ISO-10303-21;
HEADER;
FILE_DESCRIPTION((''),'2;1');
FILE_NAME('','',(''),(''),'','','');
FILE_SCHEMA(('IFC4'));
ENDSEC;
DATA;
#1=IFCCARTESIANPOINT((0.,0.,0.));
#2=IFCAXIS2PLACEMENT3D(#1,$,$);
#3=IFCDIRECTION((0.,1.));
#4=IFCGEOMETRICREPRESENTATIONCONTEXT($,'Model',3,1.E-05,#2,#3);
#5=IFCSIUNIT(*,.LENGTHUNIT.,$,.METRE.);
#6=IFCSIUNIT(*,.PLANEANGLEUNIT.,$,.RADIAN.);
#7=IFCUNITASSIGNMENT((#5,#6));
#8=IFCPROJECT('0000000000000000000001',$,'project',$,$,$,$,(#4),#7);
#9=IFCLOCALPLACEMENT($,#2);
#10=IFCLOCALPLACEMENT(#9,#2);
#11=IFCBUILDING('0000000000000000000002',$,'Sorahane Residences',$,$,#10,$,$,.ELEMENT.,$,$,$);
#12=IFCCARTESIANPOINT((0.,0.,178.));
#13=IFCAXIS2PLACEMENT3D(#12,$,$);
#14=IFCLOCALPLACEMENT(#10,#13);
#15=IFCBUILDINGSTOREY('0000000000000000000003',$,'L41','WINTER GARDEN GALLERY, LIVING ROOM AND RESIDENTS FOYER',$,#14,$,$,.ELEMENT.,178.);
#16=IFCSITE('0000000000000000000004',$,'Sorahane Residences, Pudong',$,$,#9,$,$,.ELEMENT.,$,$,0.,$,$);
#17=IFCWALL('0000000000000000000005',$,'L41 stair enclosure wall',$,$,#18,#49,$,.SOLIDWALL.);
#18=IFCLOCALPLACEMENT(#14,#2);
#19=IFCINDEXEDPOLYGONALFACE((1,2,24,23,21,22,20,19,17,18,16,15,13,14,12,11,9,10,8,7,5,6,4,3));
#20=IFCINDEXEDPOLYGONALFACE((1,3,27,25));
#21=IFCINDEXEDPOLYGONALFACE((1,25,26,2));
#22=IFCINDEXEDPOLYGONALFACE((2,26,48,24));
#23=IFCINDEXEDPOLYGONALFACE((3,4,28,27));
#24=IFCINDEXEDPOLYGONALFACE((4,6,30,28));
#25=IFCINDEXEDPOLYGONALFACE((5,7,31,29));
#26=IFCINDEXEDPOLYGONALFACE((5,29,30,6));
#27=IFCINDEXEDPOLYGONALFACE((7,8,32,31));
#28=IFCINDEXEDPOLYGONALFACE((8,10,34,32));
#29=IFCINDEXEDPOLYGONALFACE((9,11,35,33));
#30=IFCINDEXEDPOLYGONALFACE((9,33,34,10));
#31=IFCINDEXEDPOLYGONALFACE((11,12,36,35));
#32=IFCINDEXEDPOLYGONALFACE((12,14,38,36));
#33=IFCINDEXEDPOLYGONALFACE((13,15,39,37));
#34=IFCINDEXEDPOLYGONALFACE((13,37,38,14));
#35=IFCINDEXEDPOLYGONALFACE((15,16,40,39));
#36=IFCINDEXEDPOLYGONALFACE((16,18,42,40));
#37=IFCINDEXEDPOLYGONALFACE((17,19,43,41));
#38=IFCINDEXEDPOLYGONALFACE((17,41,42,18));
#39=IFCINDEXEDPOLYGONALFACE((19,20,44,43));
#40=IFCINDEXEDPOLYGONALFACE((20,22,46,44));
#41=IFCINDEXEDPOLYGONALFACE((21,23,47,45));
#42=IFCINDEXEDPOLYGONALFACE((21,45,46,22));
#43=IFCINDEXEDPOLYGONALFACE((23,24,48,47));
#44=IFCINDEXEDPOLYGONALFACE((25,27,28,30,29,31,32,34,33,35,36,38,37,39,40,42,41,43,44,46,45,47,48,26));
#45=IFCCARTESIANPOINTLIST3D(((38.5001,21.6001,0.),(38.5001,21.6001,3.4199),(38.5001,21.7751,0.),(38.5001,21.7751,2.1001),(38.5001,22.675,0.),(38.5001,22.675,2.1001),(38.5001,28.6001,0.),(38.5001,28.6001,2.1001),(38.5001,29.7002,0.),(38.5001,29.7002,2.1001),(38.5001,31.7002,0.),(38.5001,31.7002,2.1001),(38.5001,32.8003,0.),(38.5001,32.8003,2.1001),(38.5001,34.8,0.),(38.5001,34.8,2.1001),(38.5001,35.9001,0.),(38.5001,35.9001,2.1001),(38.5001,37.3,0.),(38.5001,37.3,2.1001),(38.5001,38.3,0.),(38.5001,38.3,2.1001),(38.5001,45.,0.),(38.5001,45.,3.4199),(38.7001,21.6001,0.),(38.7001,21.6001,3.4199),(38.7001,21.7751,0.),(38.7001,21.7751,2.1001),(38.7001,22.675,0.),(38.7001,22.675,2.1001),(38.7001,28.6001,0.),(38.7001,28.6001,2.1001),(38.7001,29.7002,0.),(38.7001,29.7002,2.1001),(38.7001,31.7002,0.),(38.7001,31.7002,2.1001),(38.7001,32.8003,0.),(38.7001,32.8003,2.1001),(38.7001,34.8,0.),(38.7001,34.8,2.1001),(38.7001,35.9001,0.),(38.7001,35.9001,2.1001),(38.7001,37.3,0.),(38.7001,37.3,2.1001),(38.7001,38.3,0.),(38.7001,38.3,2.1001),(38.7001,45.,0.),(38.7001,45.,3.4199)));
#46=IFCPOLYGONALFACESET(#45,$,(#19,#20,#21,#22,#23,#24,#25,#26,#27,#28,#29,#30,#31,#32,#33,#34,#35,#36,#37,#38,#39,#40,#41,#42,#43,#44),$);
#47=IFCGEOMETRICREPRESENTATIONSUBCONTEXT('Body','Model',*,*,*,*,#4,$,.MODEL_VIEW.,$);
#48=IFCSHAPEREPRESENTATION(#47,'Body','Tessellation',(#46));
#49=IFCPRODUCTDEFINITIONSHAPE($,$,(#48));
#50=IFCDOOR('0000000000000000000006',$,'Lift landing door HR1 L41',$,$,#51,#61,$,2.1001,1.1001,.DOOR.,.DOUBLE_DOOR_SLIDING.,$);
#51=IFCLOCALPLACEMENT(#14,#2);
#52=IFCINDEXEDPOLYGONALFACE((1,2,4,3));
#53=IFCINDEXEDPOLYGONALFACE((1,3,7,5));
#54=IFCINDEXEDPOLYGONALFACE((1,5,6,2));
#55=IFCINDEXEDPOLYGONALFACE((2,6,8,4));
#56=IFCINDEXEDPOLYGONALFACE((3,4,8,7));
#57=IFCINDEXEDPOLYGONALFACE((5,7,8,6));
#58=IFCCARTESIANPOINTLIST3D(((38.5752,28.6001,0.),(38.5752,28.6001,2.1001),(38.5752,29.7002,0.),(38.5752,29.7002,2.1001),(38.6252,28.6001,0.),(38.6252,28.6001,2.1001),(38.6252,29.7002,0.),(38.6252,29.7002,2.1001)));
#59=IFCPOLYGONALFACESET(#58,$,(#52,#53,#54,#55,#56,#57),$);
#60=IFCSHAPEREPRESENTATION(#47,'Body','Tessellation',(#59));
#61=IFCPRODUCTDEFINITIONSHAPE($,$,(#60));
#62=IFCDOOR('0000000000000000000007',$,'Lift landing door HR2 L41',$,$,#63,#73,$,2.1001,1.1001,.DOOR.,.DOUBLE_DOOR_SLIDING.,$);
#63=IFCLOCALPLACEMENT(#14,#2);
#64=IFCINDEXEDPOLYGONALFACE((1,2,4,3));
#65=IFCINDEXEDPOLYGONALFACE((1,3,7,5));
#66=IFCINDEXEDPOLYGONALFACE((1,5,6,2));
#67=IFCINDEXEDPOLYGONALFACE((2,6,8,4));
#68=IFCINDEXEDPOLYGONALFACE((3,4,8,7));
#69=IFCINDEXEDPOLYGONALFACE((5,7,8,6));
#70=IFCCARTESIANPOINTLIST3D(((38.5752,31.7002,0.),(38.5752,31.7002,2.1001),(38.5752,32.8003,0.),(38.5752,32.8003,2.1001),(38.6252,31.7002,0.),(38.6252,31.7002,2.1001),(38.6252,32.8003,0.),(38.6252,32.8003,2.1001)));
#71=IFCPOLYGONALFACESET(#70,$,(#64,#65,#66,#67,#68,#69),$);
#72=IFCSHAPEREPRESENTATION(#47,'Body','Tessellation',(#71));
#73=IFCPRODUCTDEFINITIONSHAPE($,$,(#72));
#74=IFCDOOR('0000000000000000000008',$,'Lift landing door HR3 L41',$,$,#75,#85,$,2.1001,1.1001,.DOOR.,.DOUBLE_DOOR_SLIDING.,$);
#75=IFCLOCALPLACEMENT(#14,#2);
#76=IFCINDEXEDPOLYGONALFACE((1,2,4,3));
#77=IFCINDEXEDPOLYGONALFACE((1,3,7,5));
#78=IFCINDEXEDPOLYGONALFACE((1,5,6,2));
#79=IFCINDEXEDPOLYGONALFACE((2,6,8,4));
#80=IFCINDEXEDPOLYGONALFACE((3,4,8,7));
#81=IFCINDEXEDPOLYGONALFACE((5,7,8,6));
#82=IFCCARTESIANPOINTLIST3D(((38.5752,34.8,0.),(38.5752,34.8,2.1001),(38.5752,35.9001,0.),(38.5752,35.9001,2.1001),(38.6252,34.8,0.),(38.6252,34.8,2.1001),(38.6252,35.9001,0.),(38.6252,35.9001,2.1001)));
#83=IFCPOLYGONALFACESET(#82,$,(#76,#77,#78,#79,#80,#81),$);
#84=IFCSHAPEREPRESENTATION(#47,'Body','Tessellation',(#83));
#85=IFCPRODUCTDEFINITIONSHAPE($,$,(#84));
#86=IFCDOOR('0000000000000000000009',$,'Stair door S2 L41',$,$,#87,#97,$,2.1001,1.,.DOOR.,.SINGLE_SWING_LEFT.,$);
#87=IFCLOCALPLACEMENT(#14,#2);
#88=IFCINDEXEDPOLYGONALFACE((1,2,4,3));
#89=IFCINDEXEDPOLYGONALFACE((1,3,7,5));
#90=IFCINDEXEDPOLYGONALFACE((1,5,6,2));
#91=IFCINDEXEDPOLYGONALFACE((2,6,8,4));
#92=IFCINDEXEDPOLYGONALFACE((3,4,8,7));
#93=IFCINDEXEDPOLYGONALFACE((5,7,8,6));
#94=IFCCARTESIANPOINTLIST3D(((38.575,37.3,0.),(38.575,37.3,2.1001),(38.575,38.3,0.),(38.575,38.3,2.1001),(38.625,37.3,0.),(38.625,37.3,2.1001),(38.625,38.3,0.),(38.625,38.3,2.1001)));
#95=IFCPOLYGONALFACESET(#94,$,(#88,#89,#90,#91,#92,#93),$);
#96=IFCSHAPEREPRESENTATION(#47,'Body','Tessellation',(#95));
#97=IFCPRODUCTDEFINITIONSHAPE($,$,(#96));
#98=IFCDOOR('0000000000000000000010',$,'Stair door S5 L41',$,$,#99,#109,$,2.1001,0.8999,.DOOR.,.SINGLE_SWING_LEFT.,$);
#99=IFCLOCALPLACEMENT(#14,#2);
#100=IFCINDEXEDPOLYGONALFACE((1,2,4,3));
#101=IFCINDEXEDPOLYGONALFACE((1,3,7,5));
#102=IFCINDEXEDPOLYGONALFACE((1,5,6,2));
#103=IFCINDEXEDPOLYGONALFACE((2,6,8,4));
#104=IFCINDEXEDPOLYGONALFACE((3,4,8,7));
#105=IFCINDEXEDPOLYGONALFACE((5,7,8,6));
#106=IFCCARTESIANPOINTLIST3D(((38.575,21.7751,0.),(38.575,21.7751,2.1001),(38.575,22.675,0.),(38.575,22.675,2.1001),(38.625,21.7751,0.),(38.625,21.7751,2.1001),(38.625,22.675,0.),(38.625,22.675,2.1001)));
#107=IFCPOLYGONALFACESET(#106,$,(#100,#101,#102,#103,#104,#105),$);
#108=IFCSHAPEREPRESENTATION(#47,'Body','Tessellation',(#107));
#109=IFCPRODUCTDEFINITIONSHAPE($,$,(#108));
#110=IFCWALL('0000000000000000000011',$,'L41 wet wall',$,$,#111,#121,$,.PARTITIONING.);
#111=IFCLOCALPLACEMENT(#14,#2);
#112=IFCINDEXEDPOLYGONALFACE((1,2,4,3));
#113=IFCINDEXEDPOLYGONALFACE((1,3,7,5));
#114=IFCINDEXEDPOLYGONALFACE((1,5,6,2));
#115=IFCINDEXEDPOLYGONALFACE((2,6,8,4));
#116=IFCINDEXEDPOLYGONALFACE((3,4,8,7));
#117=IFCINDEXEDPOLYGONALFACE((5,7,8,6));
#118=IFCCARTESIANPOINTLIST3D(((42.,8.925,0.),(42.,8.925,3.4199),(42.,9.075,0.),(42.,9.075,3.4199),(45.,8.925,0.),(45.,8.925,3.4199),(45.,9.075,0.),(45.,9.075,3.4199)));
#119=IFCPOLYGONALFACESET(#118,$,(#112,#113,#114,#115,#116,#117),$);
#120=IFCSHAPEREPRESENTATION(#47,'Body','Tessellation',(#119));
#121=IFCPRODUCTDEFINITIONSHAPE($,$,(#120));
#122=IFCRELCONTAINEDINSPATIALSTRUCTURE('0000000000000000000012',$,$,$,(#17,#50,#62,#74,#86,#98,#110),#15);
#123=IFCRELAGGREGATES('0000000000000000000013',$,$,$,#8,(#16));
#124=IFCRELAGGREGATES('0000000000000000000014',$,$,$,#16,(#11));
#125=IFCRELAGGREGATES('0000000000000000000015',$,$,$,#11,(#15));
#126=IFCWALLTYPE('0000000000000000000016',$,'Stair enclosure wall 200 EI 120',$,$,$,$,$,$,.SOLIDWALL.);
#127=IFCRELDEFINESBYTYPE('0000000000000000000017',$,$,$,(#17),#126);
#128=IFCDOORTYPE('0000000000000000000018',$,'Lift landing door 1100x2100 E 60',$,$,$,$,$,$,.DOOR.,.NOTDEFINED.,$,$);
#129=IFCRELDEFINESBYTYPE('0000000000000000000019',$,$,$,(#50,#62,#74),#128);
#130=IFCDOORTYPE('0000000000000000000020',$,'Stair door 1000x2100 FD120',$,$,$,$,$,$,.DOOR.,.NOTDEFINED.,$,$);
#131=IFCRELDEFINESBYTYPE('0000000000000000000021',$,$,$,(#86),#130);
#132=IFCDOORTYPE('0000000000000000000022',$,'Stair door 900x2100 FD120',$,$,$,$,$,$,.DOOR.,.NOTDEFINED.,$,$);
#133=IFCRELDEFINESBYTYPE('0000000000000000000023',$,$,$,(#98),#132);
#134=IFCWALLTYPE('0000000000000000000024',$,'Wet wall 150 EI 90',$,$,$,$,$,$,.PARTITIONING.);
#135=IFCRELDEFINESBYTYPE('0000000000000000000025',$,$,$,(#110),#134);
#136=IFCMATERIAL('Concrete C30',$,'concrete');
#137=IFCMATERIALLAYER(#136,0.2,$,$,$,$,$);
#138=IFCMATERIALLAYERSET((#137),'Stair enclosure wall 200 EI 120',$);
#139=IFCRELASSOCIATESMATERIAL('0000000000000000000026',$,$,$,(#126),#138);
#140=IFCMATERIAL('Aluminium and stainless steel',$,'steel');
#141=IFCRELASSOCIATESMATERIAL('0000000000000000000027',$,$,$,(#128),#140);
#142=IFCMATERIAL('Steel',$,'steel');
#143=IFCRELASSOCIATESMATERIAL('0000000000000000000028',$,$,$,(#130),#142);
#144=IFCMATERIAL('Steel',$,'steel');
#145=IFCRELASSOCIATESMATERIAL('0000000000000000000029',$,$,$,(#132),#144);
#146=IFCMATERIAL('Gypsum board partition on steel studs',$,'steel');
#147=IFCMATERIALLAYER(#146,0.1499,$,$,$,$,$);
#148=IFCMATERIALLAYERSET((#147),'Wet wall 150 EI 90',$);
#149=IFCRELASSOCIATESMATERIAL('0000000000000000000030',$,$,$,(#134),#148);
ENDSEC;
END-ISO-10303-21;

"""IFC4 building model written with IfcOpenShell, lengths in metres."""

from ifc_helpers import new_model, si_unit, direction, frame, frame_2d, origin, place, context, subcontext, project, spatial, rectangle, extrude, material, layer, layer_set, type_object, element, fill, save


model = new_model("IFC4")

# Units and contexts
model_context = context("Model", 3, precision=1e-05, world=origin(), true_north=direction((0.0, 1.0)))
body_context = subcontext(model_context, "Body", "Model", "MODEL_VIEW")
ifc_project = project(units=[si_unit("LENGTHUNIT", "METRE"), si_unit("PLANEANGLEUNIT", "RADIAN")], contexts=[model_context])

# Site, building, storey
site_placement = place(None, origin())
site = spatial("IfcSite", under=ifc_project, at=site_placement, Name="Sorahane Residences, Pudong", CompositionType="ELEMENT", RefElevation=0.0)
building_placement = place(site_placement, origin())
building = spatial("IfcBuilding", under=site, at=building_placement, Name="Sorahane Residences", CompositionType="ELEMENT")
storey_placement = place(building_placement, frame((0.0, 0.0, 178.0)))
storey = spatial("IfcBuildingStorey", under=building, at=storey_placement, Name="L41", Description="WINTER GARDEN GALLERY, LIVING ROOM AND RESIDENTS FOYER", CompositionType="ELEMENT", Elevation=178.0)

# Wall, openings, doors
ifc_material_1 = material(Name="Concrete C30", Category="concrete")
ifc_layer_1 = layer(ifc_material_1, 0.2)
ifc_layer_set_1 = layer_set([ifc_layer_1], Name="Stair enclosure wall 200 EI 120")
wall_type_1 = type_object("IfcWallType", Name="Stair enclosure wall 200 EI 120", PredefinedType="SOLIDWALL", material=ifc_layer_set_1)
wall_1_placement = place(storey_placement, frame((38.6001, 21.6001, 0.0), z_axis=(0.0, 0.0, 1.0), x_axis=(0.0, 1.0, 0.0)))
wall_1 = element("IfcWall", 1, at=wall_1_placement, inside=storey, type_object=wall_type_1, Name="L41 stair enclosure wall", PredefinedType="SOLIDWALL", context=body_context, shape_type="SweptSolid", body=[
    extrude(rectangle(XDim=23.3999, YDim=0.2, at=frame_2d((11.7, 0.0))), origin(), (0.0, 0.0, 1.0), 3.4199),
])
opening_1_placement = place(wall_1_placement, frame((7.0, 0.0, 0.0)))
opening_1 = element("IfcOpeningElement", 2, at=opening_1_placement, cuts=wall_1, PredefinedType="OPENING", context=body_context, shape_type="SweptSolid", body=[
    extrude(rectangle(XDim=1.1001, YDim=2.1001, at=frame_2d((0.55, 1.05))), frame((0.0, 0.1099, 0.0), z_axis=(0.0, -1.0, 0.0), x_axis=(1.0, 0.0, 0.0)), (0.0, 0.0, 1.0), 0.22),
])
opening_2_placement = place(wall_1_placement, frame((10.1001, 0.0, 0.0)))
opening_2 = element("IfcOpeningElement", 3, at=opening_2_placement, cuts=wall_1, PredefinedType="OPENING", context=body_context, shape_type="SweptSolid", body=[
    extrude(rectangle(XDim=1.1001, YDim=2.1001, at=frame_2d((0.55, 1.05))), frame((0.0, 0.1099, 0.0), z_axis=(0.0, -1.0, 0.0), x_axis=(1.0, 0.0, 0.0)), (0.0, 0.0, 1.0), 0.22),
])
opening_3_placement = place(wall_1_placement, frame((13.2, 0.0, 0.0)))
opening_3 = element("IfcOpeningElement", 4, at=opening_3_placement, cuts=wall_1, PredefinedType="OPENING", context=body_context, shape_type="SweptSolid", body=[
    extrude(rectangle(XDim=1.1001, YDim=2.1001, at=frame_2d((0.55, 1.05))), frame((0.0, 0.1099, 0.0), z_axis=(0.0, -1.0, 0.0), x_axis=(1.0, 0.0, 0.0)), (0.0, 0.0, 1.0), 0.22),
])
opening_4_placement = place(wall_1_placement, frame((15.7, 0.0, 0.0)))
opening_4 = element("IfcOpeningElement", 5, at=opening_4_placement, cuts=wall_1, PredefinedType="OPENING", context=body_context, shape_type="SweptSolid", body=[
    extrude(rectangle(XDim=1.0, YDim=2.1001, at=frame_2d((0.5, 1.05))), frame((0.0, 0.1099, 0.0), z_axis=(0.0, -1.0, 0.0), x_axis=(1.0, 0.0, 0.0)), (0.0, 0.0, 1.0), 0.22),
])
opening_5_placement = place(wall_1_placement, frame((0.175, 0.0, 0.0)))
opening_5 = element("IfcOpeningElement", 6, at=opening_5_placement, cuts=wall_1, PredefinedType="OPENING", context=body_context, shape_type="SweptSolid", body=[
    extrude(rectangle(XDim=0.8999, YDim=2.1001, at=frame_2d((0.45, 1.05))), frame((0.0, 0.1099, 0.0), z_axis=(0.0, -1.0, 0.0), x_axis=(1.0, 0.0, 0.0)), (0.0, 0.0, 1.0), 0.22),
])
ifc_material_2 = material(Name="Aluminium and stainless steel", Category="steel")
door_type_1 = type_object("IfcDoorType", Name="Lift landing door 1100x2100 E 60", OperationType="NOTDEFINED", PredefinedType="DOOR", material=ifc_material_2)
door_1_placement = place(opening_1_placement, origin())
door_1 = element("IfcDoor", 7, at=door_1_placement, inside=storey, type_object=door_type_1, Name="Lift landing door HR1 L41", OperationType="DOUBLE_DOOR_SLIDING", OverallHeight=2.1001, OverallWidth=1.1001, PredefinedType="DOOR", context=body_context, shape_type="SweptSolid", body=[
    extrude(rectangle(XDim=1.1001, YDim=2.1001, at=frame_2d((0.55, 1.05))), frame((0.0, 0.0249, 0.0), z_axis=(0.0, -1.0, 0.0), x_axis=(1.0, 0.0, 0.0)), (0.0, 0.0, 1.0), 0.05),
])
fill(opening_1, door_1)
door_2_placement = place(opening_2_placement, origin())
door_2 = element("IfcDoor", 8, at=door_2_placement, inside=storey, type_object=door_type_1, Name="Lift landing door HR2 L41", OperationType="DOUBLE_DOOR_SLIDING", OverallHeight=2.1001, OverallWidth=1.1001, PredefinedType="DOOR", context=body_context, shape_type="SweptSolid", body=[
    extrude(rectangle(XDim=1.1001, YDim=2.1001, at=frame_2d((0.55, 1.05))), frame((0.0, 0.0249, 0.0), z_axis=(0.0, -1.0, 0.0), x_axis=(1.0, 0.0, 0.0)), (0.0, 0.0, 1.0), 0.05),
])
fill(opening_2, door_2)
door_3_placement = place(opening_3_placement, origin())
door_3 = element("IfcDoor", 9, at=door_3_placement, inside=storey, type_object=door_type_1, Name="Lift landing door HR3 L41", OperationType="DOUBLE_DOOR_SLIDING", OverallHeight=2.1001, OverallWidth=1.1001, PredefinedType="DOOR", context=body_context, shape_type="SweptSolid", body=[
    extrude(rectangle(XDim=1.1001, YDim=2.1001, at=frame_2d((0.55, 1.05))), frame((0.0, 0.0249, 0.0), z_axis=(0.0, -1.0, 0.0), x_axis=(1.0, 0.0, 0.0)), (0.0, 0.0, 1.0), 0.05),
])
fill(opening_3, door_3)
ifc_material_3 = material(Name="Steel", Category="steel")
door_type_2 = type_object("IfcDoorType", Name="Stair door 1000x2100 FD120", OperationType="NOTDEFINED", PredefinedType="DOOR", material=ifc_material_3)
door_4_placement = place(opening_4_placement, frame((1.0, 0.0, 0.0), z_axis=(0.0, 0.0, 1.0), x_axis=(-1.0, 0.0, 0.0)))
door_4 = element("IfcDoor", 10, at=door_4_placement, inside=storey, type_object=door_type_2, Name="Stair door S2 L41", OperationType="SINGLE_SWING_LEFT", OverallHeight=2.1001, OverallWidth=1.0, PredefinedType="DOOR", context=body_context, shape_type="SweptSolid", body=[
    extrude(rectangle(XDim=1.0, YDim=2.1001, at=frame_2d((0.5, 1.05))), frame((0.0, 0.0249, 0.0), z_axis=(0.0, -1.0, 0.0), x_axis=(1.0, 0.0, 0.0)), (0.0, 0.0, 1.0), 0.05),
])
fill(opening_4, door_4)
ifc_material_4 = material(Name="Steel", Category="steel")
door_type_3 = type_object("IfcDoorType", Name="Stair door 900x2100 FD120", OperationType="NOTDEFINED", PredefinedType="DOOR", material=ifc_material_4)
door_5_placement = place(opening_5_placement, frame((0.8999, 0.0, 0.0), z_axis=(0.0, 0.0, 1.0), x_axis=(-1.0, 0.0, 0.0)))
door_5 = element("IfcDoor", 11, at=door_5_placement, inside=storey, type_object=door_type_3, Name="Stair door S5 L41", OperationType="SINGLE_SWING_LEFT", OverallHeight=2.1001, OverallWidth=0.8999, PredefinedType="DOOR", context=body_context, shape_type="SweptSolid", body=[
    extrude(rectangle(XDim=0.8999, YDim=2.1001, at=frame_2d((0.45, 1.05))), frame((0.0, 0.0249, 0.0), z_axis=(0.0, -1.0, 0.0), x_axis=(1.0, 0.0, 0.0)), (0.0, 0.0, 1.0), 0.05),
])
fill(opening_5, door_5)

# Wall
ifc_material_5 = material(Name="Gypsum board partition on steel studs", Category="steel")
ifc_layer_2 = layer(ifc_material_5, 0.1499)
ifc_layer_set_2 = layer_set([ifc_layer_2], Name="Wet wall 150 EI 90")
wall_type_2 = type_object("IfcWallType", Name="Wet wall 150 EI 90", PredefinedType="PARTITIONING", material=ifc_layer_set_2)
wall_2_placement = place(storey_placement, frame((42.0, 9.0, 0.0), z_axis=(0.0, 0.0, 1.0), x_axis=(1.0, 0.0, 0.0)))
element("IfcWall", 12, at=wall_2_placement, inside=storey, type_object=wall_type_2, Name="L41 wet wall", PredefinedType="PARTITIONING", context=body_context, shape_type="SweptSolid", body=[
    extrude(rectangle(XDim=3.0, YDim=0.1499, at=frame_2d((1.5, 0.0))), origin(), (0.0, 0.0, 1.0), 3.4199),
])

save(model, "model.ifc")
